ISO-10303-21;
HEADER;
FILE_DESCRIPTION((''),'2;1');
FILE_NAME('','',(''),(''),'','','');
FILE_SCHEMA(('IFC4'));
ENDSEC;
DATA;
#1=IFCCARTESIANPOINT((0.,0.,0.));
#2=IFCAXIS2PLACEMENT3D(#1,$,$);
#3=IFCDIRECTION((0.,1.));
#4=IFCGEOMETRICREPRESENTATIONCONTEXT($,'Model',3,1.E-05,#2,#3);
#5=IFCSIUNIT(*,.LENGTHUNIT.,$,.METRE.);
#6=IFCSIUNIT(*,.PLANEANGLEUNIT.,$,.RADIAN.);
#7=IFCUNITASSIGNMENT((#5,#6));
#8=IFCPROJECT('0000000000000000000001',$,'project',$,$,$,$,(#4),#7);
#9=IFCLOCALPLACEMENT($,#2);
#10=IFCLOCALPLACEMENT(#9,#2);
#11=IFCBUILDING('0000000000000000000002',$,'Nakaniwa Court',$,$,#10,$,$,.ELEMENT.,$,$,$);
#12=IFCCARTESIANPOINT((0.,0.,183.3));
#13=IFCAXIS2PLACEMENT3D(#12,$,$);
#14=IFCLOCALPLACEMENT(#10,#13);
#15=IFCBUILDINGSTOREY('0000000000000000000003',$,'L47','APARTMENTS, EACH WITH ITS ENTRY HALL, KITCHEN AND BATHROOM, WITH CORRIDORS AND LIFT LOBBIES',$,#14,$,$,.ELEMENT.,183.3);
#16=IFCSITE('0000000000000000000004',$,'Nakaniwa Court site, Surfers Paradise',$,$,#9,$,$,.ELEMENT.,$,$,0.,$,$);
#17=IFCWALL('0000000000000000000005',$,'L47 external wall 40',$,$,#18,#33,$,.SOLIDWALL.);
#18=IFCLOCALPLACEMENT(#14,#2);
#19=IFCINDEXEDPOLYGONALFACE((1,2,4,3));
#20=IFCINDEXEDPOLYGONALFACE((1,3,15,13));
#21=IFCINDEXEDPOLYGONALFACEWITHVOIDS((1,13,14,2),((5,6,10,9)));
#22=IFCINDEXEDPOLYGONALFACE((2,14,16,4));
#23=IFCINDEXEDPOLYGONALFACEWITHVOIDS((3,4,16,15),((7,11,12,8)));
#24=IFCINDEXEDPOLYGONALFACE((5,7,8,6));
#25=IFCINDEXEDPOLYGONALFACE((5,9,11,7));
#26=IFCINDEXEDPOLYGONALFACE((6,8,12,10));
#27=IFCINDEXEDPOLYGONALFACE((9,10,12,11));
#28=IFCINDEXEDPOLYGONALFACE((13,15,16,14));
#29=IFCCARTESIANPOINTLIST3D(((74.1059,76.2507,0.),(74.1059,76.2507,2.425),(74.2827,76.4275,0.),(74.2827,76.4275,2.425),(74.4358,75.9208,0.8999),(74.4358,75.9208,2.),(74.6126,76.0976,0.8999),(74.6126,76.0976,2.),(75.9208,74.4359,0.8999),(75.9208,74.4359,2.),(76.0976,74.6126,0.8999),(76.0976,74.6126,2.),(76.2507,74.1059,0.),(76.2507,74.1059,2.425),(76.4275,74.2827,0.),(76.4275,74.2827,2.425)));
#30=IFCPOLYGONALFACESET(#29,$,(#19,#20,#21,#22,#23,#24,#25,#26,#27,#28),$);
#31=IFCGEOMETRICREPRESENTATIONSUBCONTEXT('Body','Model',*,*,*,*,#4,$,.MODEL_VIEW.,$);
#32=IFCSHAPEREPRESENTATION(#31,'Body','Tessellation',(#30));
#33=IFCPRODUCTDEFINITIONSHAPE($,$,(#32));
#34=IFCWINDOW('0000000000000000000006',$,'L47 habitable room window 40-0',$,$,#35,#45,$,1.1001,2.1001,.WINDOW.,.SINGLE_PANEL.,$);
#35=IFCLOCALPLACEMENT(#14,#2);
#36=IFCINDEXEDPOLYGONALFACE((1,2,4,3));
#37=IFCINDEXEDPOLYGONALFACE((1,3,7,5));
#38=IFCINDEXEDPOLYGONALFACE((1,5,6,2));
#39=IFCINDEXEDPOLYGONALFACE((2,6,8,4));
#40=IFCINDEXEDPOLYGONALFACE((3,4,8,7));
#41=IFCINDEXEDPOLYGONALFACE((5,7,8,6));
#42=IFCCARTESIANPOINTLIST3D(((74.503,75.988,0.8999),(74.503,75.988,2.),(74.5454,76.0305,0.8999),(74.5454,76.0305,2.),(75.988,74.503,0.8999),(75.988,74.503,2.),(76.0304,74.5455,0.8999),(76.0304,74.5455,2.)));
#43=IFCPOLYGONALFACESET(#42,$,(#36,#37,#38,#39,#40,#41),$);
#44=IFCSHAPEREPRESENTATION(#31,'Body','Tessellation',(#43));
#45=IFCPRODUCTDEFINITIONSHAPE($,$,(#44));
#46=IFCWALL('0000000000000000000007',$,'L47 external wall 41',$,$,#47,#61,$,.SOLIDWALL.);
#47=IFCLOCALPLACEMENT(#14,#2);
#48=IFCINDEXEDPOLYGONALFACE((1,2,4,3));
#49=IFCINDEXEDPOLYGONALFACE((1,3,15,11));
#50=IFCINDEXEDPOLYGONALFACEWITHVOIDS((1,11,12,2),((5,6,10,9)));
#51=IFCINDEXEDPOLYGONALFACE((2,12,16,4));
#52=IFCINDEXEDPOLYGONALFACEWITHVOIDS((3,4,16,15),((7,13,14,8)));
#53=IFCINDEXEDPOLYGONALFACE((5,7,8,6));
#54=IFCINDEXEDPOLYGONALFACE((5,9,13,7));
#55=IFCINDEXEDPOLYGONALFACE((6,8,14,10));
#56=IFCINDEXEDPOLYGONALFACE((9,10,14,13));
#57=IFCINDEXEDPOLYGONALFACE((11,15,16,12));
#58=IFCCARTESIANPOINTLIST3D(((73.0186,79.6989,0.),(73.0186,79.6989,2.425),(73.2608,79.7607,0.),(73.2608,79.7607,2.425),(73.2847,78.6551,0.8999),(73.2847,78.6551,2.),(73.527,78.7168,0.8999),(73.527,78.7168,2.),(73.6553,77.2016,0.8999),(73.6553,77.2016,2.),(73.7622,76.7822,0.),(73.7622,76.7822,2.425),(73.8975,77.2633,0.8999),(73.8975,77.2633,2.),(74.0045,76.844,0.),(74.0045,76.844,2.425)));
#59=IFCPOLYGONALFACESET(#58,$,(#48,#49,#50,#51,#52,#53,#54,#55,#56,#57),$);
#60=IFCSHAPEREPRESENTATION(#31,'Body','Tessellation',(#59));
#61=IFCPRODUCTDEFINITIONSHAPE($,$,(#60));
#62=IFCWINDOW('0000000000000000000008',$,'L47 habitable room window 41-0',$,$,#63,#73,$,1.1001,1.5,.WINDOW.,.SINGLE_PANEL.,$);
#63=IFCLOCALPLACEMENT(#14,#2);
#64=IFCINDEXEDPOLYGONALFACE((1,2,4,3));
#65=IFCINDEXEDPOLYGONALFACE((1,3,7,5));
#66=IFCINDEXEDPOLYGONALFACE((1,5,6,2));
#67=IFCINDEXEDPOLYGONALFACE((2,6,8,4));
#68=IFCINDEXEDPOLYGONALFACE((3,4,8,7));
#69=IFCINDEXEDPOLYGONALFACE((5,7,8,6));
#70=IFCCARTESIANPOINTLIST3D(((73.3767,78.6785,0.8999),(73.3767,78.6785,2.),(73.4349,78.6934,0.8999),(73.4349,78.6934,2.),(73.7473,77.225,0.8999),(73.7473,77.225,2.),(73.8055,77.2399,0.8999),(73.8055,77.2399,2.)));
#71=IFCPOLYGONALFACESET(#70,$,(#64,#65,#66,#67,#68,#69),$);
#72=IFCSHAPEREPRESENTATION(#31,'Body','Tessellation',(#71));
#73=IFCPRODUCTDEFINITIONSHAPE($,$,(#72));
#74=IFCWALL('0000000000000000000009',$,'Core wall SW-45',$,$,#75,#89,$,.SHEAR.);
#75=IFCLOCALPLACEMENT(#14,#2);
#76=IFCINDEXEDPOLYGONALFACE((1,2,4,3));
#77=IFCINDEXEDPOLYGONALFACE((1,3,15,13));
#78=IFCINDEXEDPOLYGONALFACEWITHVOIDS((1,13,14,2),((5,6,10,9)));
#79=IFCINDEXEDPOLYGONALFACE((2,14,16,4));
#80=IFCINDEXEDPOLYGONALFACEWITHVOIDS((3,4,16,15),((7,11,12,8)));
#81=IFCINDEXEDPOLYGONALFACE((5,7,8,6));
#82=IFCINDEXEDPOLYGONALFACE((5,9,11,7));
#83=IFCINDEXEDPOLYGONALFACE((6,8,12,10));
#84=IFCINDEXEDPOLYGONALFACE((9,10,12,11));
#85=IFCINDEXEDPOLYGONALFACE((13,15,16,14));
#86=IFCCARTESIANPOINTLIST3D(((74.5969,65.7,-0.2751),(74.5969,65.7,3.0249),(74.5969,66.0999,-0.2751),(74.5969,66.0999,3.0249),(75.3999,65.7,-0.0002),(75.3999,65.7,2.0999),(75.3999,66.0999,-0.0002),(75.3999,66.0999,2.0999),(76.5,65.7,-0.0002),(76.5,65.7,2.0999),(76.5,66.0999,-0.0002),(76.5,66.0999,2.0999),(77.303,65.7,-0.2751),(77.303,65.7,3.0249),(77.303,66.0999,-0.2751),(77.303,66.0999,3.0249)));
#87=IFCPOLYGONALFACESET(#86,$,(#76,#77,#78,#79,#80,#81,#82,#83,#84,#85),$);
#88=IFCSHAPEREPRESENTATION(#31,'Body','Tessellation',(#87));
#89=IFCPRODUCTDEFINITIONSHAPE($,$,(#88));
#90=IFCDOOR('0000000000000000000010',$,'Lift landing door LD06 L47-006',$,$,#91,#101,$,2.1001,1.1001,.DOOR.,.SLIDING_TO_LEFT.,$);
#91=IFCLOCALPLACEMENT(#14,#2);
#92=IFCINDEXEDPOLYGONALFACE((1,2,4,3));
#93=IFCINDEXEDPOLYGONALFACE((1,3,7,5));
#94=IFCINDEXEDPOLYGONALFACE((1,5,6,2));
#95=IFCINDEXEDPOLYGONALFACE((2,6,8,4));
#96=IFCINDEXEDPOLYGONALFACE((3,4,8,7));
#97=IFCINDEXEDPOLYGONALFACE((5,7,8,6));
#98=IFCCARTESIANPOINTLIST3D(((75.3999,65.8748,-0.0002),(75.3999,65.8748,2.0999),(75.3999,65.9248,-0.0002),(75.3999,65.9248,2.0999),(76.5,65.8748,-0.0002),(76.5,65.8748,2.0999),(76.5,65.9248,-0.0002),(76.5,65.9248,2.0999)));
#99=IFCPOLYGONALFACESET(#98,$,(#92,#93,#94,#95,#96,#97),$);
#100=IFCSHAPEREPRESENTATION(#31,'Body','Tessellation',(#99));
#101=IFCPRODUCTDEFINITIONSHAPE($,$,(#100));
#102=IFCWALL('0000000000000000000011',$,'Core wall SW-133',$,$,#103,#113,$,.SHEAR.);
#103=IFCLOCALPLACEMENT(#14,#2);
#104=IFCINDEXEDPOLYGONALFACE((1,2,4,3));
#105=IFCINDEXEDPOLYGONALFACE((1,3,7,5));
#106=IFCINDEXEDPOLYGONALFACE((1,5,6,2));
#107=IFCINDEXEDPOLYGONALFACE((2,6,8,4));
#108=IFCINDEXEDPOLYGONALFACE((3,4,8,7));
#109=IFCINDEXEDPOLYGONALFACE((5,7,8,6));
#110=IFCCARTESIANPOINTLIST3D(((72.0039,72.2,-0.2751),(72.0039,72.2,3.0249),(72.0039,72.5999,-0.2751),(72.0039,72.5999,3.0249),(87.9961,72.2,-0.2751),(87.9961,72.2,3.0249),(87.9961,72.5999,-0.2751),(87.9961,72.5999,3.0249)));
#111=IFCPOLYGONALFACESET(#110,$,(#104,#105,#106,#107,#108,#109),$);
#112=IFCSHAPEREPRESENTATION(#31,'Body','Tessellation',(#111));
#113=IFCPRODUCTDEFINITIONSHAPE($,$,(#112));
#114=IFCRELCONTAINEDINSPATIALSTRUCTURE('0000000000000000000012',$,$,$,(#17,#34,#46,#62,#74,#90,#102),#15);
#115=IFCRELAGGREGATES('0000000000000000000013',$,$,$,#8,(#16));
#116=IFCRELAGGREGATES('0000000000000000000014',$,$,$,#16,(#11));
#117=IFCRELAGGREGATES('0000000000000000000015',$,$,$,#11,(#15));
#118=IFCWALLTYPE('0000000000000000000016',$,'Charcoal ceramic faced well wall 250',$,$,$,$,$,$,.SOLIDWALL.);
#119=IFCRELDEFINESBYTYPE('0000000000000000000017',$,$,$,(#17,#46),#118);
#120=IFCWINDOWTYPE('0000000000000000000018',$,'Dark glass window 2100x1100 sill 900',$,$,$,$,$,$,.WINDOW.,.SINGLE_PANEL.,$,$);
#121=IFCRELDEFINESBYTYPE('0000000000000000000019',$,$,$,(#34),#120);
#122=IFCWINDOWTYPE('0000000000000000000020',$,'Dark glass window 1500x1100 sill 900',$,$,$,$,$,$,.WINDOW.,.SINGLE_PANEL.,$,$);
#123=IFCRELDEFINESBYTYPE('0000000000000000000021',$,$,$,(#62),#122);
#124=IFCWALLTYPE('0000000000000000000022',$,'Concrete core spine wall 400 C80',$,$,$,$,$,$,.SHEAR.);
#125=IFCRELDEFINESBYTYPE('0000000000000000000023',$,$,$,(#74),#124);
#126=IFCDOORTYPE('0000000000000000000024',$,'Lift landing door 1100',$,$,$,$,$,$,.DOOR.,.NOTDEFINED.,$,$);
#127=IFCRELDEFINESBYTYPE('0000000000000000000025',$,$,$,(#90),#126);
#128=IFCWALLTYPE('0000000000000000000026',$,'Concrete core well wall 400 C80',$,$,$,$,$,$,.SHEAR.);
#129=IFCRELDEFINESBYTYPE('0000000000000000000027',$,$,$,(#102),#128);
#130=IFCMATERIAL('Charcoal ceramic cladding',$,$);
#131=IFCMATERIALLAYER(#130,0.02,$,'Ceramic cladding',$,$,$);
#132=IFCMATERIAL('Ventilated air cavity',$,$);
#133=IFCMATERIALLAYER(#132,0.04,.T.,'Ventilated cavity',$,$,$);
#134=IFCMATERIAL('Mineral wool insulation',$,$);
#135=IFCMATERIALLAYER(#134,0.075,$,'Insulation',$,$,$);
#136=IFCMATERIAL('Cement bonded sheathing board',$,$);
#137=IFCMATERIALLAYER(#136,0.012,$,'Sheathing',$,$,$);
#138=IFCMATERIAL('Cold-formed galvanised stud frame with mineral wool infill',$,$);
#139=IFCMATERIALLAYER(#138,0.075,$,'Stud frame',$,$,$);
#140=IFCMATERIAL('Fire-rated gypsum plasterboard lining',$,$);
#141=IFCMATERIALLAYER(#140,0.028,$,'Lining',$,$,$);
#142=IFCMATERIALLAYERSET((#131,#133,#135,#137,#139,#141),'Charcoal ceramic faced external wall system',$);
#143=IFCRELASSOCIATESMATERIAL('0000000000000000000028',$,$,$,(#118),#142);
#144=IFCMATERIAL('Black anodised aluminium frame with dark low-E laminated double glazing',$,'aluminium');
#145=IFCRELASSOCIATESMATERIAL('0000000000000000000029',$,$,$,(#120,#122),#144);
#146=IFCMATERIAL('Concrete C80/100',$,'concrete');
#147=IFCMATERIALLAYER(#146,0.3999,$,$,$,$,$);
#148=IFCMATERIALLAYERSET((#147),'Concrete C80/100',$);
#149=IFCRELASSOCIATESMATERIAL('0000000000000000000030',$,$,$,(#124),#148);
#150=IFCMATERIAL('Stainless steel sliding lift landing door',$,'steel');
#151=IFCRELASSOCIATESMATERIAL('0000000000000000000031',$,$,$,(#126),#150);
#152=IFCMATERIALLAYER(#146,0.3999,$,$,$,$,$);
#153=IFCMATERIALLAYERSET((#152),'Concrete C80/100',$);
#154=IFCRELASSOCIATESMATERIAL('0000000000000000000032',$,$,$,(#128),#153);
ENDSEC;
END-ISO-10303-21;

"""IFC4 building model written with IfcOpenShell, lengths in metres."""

from ifc_helpers import new_model, si_unit, direction, frame, frame_2d, origin, place, context, subcontext, project, spatial, rectangle, extrude, material, layer, layer_set, type_object, element, fill, save


model = new_model("IFC4")

# Units and contexts
model_context = context("Model", 3, precision=1e-05, world=origin(), true_north=direction((0.0, 1.0)))
body_context = subcontext(model_context, "Body", "Model", "MODEL_VIEW")
ifc_project = project(units=[si_unit("LENGTHUNIT", "METRE"), si_unit("PLANEANGLEUNIT", "RADIAN")], contexts=[model_context])

# Site, building, storey
site_placement = place(None, origin())
site = spatial("IfcSite", under=ifc_project, at=site_placement, Name="Nakaniwa Court site, Surfers Paradise", CompositionType="ELEMENT", RefElevation=0.0)
building_placement = place(site_placement, origin())
building = spatial("IfcBuilding", under=site, at=building_placement, Name="Nakaniwa Court", CompositionType="ELEMENT")
storey_placement = place(building_placement, frame((0.0, 0.0, 183.3)))
storey = spatial("IfcBuildingStorey", under=building, at=storey_placement, Name="L47", Description="APARTMENTS, EACH WITH ITS ENTRY HALL, KITCHEN AND BATHROOM, WITH CORRIDORS AND LIFT LOBBIES", CompositionType="ELEMENT", Elevation=183.3)

# Shared definitions
ifc_material_1 = material(Name="Concrete C80/100", Category="concrete")

# Walls, openings, windows
ifc_material_2 = material(Name="Charcoal ceramic cladding")
ifc_layer_1 = layer(ifc_material_2, 0.02, Name="Ceramic cladding")
ifc_material_3 = material(Name="Ventilated air cavity")
ifc_layer_2 = layer(ifc_material_3, 0.04, ventilated=True, Name="Ventilated cavity")
ifc_material_4 = material(Name="Mineral wool insulation")
ifc_layer_3 = layer(ifc_material_4, 0.075, Name="Insulation")
ifc_material_5 = material(Name="Cement bonded sheathing board")
ifc_layer_4 = layer(ifc_material_5, 0.012, Name="Sheathing")
ifc_material_6 = material(Name="Cold-formed galvanised stud frame with mineral wool infill")
ifc_layer_5 = layer(ifc_material_6, 0.075, Name="Stud frame")
ifc_material_7 = material(Name="Fire-rated gypsum plasterboard lining")
ifc_layer_6 = layer(ifc_material_7, 0.028, Name="Lining")
ifc_layer_set_1 = layer_set([ifc_layer_1, ifc_layer_2, ifc_layer_3, ifc_layer_4, ifc_layer_5, ifc_layer_6], Name="Charcoal ceramic faced external wall system")
wall_type_1 = type_object("IfcWallType", Name="Charcoal ceramic faced well wall 250", PredefinedType="SOLIDWALL", material=ifc_layer_set_1)
wall_1_placement = place(storey_placement, frame((76.3391, 74.1943, 0.0), z_axis=(0.0, 0.0, 1.0), x_axis=(-0.707107, 0.707107, 0.0)))
wall_1 = element("IfcWall", 1, at=wall_1_placement, inside=storey, type_object=wall_type_1, Name="L47 external wall 40", PredefinedType="SOLIDWALL", context=body_context, shape_type="SweptSolid", body=[
    extrude(rectangle(XDim=3.0332, YDim=0.25, at=frame_2d((1.5166, 0.0))), origin(), (0.0, 0.0, 1.0), 2.425),
])
opening_1_placement = place(wall_1_placement, frame((0.4666, 0.0, 0.8999)))
opening_1 = element("IfcOpeningElement", 2, at=opening_1_placement, cuts=wall_1, PredefinedType="OPENING", context=body_context, shape_type="SweptSolid", body=[
    extrude(rectangle(XDim=2.1001, YDim=1.1001, at=frame_2d((1.05, 0.55))), frame((0.0, 0.135, 0.0), z_axis=(0.0, -1.0, 0.0), x_axis=(1.0, 0.0, 0.0)), (0.0, 0.0, 1.0), 0.27),
])
ifc_material_8 = material(Name="Black anodised aluminium frame with dark low-E laminated double glazing", Category="aluminium")
window_type_1 = type_object("IfcWindowType", Name="Dark glass window 2100x1100 sill 900", PartitioningType="SINGLE_PANEL", PredefinedType="WINDOW", material=ifc_material_8)
window_1_placement = place(opening_1_placement, origin())
window_1 = element("IfcWindow", 3, at=window_1_placement, inside=storey, type_object=window_type_1, Name="L47 habitable room window 40-0", OverallHeight=1.1001, OverallWidth=2.1001, PartitioningType="SINGLE_PANEL", PredefinedType="WINDOW", context=body_context, shape_type="SweptSolid", body=[
    extrude(rectangle(XDim=2.1001, YDim=1.1001, at=frame_2d((1.05, 0.55))), frame((0.0, 0.03, 0.0), z_axis=(0.0, -1.0, 0.0), x_axis=(1.0, 0.0, 0.0)), (0.0, 0.0, 1.0), 0.0601),
])
fill(opening_1, window_1)
wall_2_placement = place(storey_placement, frame((73.8833, 76.8132, 0.0), z_axis=(0.0, 0.0, 1.0), x_axis=(-0.247056, 0.969001, 0.0)))
wall_2 = element("IfcWall", 4, at=wall_2_placement, inside=storey, type_object=wall_type_1, Name="L47 external wall 41", PredefinedType="SOLIDWALL", context=body_context, shape_type="SweptSolid", body=[
    extrude(rectangle(XDim=3.01, YDim=0.25, at=frame_2d((1.5049, 0.0))), origin(), (0.0, 0.0, 1.0), 2.425),
])
opening_2_placement = place(wall_2_placement, frame((0.4326, 0.0, 0.8999)))
opening_2 = element("IfcOpeningElement", 5, at=opening_2_placement, cuts=wall_2, PredefinedType="OPENING", context=body_context, shape_type="SweptSolid", body=[
    extrude(rectangle(XDim=1.5, YDim=1.1001, at=frame_2d((0.75, 0.55))), frame((0.0, 0.135, 0.0), z_axis=(0.0, -1.0, 0.0), x_axis=(1.0, 0.0, 0.0)), (0.0, 0.0, 1.0), 0.27),
])
window_type_2 = type_object("IfcWindowType", Name="Dark glass window 1500x1100 sill 900", PartitioningType="SINGLE_PANEL", PredefinedType="WINDOW", material=ifc_material_8)
window_2_placement = place(opening_2_placement, origin())
window_2 = element("IfcWindow", 6, at=window_2_placement, inside=storey, type_object=window_type_2, Name="L47 habitable room window 41-0", OverallHeight=1.1001, OverallWidth=1.5, PartitioningType="SINGLE_PANEL", PredefinedType="WINDOW", context=body_context, shape_type="SweptSolid", body=[
    extrude(rectangle(XDim=1.5, YDim=1.1001, at=frame_2d((0.75, 0.55))), frame((0.0, 0.03, 0.0), z_axis=(0.0, -1.0, 0.0), x_axis=(1.0, 0.0, 0.0)), (0.0, 0.0, 1.0), 0.0601),
])
fill(opening_2, window_2)

# Wall, opening, door
ifc_layer_7 = layer(ifc_material_1, 0.3999)
ifc_layer_set_2 = layer_set([ifc_layer_7], Name="Concrete C80/100")
wall_type_2 = type_object("IfcWallType", Name="Concrete core spine wall 400 C80", PredefinedType="SHEAR", material=ifc_layer_set_2)
wall_3_placement = place(storey_placement, frame((74.5969, 65.8999, -0.2751), z_axis=(0.0, 0.0, 1.0), x_axis=(1.0, 0.0, 0.0)))
wall_3 = element("IfcWall", 7, at=wall_3_placement, inside=storey, type_object=wall_type_2, Name="Core wall SW-45", PredefinedType="SHEAR", context=body_context, shape_type="SweptSolid", body=[
    extrude(rectangle(XDim=2.7061, YDim=0.3999, at=frame_2d((1.353, 0.0))), origin(), (0.0, 0.0, 1.0), 3.3),
])
opening_3_placement = place(wall_3_placement, frame((0.803, 0.0, 0.2749)))
opening_3 = element("IfcOpeningElement", 8, at=opening_3_placement, cuts=wall_3, PredefinedType="OPENING", context=body_context, shape_type="SweptSolid", body=[
    extrude(rectangle(XDim=1.1001, YDim=2.1001, at=frame_2d((0.55, 1.05))), frame((0.0, 0.21, 0.0), z_axis=(0.0, -1.0, 0.0), x_axis=(1.0, 0.0, 0.0)), (0.0, 0.0, 1.0), 0.4199),
])
ifc_material_9 = material(Name="Stainless steel sliding lift landing door", Category="steel")
door_type_1 = type_object("IfcDoorType", Name="Lift landing door 1100", OperationType="NOTDEFINED", PredefinedType="DOOR", material=ifc_material_9)
door_1_placement = place(opening_3_placement, origin())
door_1 = element("IfcDoor", 9, at=door_1_placement, inside=storey, type_object=door_type_1, Name="Lift landing door LD06 L47-006", OperationType="SLIDING_TO_LEFT", OverallHeight=2.1001, OverallWidth=1.1001, PredefinedType="DOOR", context=body_context, shape_type="SweptSolid", body=[
    extrude(rectangle(XDim=1.1001, YDim=2.1001, at=frame_2d((0.55, 1.05))), frame((0.0, 0.0249, 0.0), z_axis=(0.0, -1.0, 0.0), x_axis=(1.0, 0.0, 0.0)), (0.0, 0.0, 1.0), 0.05),
])
fill(opening_3, door_1)

# Wall
ifc_layer_8 = layer(ifc_material_1, 0.3999)
ifc_layer_set_3 = layer_set([ifc_layer_8], Name="Concrete C80/100")
wall_type_3 = type_object("IfcWallType", Name="Concrete core well wall 400 C80", PredefinedType="SHEAR", material=ifc_layer_set_3)
wall_4_placement = place(storey_placement, frame((72.0039, 72.3999, -0.2751), z_axis=(0.0, 0.0, 1.0), x_axis=(1.0, 0.0, 0.0)))
element("IfcWall", 10, at=wall_4_placement, inside=storey, type_object=wall_type_3, Name="Core wall SW-133", PredefinedType="SHEAR", context=body_context, shape_type="SweptSolid", body=[
    extrude(rectangle(XDim=15.9922, YDim=0.3999, at=frame_2d((7.9961, 0.0))), origin(), (0.0, 0.0, 1.0), 3.3),
])

save(model, "model.ifc")
